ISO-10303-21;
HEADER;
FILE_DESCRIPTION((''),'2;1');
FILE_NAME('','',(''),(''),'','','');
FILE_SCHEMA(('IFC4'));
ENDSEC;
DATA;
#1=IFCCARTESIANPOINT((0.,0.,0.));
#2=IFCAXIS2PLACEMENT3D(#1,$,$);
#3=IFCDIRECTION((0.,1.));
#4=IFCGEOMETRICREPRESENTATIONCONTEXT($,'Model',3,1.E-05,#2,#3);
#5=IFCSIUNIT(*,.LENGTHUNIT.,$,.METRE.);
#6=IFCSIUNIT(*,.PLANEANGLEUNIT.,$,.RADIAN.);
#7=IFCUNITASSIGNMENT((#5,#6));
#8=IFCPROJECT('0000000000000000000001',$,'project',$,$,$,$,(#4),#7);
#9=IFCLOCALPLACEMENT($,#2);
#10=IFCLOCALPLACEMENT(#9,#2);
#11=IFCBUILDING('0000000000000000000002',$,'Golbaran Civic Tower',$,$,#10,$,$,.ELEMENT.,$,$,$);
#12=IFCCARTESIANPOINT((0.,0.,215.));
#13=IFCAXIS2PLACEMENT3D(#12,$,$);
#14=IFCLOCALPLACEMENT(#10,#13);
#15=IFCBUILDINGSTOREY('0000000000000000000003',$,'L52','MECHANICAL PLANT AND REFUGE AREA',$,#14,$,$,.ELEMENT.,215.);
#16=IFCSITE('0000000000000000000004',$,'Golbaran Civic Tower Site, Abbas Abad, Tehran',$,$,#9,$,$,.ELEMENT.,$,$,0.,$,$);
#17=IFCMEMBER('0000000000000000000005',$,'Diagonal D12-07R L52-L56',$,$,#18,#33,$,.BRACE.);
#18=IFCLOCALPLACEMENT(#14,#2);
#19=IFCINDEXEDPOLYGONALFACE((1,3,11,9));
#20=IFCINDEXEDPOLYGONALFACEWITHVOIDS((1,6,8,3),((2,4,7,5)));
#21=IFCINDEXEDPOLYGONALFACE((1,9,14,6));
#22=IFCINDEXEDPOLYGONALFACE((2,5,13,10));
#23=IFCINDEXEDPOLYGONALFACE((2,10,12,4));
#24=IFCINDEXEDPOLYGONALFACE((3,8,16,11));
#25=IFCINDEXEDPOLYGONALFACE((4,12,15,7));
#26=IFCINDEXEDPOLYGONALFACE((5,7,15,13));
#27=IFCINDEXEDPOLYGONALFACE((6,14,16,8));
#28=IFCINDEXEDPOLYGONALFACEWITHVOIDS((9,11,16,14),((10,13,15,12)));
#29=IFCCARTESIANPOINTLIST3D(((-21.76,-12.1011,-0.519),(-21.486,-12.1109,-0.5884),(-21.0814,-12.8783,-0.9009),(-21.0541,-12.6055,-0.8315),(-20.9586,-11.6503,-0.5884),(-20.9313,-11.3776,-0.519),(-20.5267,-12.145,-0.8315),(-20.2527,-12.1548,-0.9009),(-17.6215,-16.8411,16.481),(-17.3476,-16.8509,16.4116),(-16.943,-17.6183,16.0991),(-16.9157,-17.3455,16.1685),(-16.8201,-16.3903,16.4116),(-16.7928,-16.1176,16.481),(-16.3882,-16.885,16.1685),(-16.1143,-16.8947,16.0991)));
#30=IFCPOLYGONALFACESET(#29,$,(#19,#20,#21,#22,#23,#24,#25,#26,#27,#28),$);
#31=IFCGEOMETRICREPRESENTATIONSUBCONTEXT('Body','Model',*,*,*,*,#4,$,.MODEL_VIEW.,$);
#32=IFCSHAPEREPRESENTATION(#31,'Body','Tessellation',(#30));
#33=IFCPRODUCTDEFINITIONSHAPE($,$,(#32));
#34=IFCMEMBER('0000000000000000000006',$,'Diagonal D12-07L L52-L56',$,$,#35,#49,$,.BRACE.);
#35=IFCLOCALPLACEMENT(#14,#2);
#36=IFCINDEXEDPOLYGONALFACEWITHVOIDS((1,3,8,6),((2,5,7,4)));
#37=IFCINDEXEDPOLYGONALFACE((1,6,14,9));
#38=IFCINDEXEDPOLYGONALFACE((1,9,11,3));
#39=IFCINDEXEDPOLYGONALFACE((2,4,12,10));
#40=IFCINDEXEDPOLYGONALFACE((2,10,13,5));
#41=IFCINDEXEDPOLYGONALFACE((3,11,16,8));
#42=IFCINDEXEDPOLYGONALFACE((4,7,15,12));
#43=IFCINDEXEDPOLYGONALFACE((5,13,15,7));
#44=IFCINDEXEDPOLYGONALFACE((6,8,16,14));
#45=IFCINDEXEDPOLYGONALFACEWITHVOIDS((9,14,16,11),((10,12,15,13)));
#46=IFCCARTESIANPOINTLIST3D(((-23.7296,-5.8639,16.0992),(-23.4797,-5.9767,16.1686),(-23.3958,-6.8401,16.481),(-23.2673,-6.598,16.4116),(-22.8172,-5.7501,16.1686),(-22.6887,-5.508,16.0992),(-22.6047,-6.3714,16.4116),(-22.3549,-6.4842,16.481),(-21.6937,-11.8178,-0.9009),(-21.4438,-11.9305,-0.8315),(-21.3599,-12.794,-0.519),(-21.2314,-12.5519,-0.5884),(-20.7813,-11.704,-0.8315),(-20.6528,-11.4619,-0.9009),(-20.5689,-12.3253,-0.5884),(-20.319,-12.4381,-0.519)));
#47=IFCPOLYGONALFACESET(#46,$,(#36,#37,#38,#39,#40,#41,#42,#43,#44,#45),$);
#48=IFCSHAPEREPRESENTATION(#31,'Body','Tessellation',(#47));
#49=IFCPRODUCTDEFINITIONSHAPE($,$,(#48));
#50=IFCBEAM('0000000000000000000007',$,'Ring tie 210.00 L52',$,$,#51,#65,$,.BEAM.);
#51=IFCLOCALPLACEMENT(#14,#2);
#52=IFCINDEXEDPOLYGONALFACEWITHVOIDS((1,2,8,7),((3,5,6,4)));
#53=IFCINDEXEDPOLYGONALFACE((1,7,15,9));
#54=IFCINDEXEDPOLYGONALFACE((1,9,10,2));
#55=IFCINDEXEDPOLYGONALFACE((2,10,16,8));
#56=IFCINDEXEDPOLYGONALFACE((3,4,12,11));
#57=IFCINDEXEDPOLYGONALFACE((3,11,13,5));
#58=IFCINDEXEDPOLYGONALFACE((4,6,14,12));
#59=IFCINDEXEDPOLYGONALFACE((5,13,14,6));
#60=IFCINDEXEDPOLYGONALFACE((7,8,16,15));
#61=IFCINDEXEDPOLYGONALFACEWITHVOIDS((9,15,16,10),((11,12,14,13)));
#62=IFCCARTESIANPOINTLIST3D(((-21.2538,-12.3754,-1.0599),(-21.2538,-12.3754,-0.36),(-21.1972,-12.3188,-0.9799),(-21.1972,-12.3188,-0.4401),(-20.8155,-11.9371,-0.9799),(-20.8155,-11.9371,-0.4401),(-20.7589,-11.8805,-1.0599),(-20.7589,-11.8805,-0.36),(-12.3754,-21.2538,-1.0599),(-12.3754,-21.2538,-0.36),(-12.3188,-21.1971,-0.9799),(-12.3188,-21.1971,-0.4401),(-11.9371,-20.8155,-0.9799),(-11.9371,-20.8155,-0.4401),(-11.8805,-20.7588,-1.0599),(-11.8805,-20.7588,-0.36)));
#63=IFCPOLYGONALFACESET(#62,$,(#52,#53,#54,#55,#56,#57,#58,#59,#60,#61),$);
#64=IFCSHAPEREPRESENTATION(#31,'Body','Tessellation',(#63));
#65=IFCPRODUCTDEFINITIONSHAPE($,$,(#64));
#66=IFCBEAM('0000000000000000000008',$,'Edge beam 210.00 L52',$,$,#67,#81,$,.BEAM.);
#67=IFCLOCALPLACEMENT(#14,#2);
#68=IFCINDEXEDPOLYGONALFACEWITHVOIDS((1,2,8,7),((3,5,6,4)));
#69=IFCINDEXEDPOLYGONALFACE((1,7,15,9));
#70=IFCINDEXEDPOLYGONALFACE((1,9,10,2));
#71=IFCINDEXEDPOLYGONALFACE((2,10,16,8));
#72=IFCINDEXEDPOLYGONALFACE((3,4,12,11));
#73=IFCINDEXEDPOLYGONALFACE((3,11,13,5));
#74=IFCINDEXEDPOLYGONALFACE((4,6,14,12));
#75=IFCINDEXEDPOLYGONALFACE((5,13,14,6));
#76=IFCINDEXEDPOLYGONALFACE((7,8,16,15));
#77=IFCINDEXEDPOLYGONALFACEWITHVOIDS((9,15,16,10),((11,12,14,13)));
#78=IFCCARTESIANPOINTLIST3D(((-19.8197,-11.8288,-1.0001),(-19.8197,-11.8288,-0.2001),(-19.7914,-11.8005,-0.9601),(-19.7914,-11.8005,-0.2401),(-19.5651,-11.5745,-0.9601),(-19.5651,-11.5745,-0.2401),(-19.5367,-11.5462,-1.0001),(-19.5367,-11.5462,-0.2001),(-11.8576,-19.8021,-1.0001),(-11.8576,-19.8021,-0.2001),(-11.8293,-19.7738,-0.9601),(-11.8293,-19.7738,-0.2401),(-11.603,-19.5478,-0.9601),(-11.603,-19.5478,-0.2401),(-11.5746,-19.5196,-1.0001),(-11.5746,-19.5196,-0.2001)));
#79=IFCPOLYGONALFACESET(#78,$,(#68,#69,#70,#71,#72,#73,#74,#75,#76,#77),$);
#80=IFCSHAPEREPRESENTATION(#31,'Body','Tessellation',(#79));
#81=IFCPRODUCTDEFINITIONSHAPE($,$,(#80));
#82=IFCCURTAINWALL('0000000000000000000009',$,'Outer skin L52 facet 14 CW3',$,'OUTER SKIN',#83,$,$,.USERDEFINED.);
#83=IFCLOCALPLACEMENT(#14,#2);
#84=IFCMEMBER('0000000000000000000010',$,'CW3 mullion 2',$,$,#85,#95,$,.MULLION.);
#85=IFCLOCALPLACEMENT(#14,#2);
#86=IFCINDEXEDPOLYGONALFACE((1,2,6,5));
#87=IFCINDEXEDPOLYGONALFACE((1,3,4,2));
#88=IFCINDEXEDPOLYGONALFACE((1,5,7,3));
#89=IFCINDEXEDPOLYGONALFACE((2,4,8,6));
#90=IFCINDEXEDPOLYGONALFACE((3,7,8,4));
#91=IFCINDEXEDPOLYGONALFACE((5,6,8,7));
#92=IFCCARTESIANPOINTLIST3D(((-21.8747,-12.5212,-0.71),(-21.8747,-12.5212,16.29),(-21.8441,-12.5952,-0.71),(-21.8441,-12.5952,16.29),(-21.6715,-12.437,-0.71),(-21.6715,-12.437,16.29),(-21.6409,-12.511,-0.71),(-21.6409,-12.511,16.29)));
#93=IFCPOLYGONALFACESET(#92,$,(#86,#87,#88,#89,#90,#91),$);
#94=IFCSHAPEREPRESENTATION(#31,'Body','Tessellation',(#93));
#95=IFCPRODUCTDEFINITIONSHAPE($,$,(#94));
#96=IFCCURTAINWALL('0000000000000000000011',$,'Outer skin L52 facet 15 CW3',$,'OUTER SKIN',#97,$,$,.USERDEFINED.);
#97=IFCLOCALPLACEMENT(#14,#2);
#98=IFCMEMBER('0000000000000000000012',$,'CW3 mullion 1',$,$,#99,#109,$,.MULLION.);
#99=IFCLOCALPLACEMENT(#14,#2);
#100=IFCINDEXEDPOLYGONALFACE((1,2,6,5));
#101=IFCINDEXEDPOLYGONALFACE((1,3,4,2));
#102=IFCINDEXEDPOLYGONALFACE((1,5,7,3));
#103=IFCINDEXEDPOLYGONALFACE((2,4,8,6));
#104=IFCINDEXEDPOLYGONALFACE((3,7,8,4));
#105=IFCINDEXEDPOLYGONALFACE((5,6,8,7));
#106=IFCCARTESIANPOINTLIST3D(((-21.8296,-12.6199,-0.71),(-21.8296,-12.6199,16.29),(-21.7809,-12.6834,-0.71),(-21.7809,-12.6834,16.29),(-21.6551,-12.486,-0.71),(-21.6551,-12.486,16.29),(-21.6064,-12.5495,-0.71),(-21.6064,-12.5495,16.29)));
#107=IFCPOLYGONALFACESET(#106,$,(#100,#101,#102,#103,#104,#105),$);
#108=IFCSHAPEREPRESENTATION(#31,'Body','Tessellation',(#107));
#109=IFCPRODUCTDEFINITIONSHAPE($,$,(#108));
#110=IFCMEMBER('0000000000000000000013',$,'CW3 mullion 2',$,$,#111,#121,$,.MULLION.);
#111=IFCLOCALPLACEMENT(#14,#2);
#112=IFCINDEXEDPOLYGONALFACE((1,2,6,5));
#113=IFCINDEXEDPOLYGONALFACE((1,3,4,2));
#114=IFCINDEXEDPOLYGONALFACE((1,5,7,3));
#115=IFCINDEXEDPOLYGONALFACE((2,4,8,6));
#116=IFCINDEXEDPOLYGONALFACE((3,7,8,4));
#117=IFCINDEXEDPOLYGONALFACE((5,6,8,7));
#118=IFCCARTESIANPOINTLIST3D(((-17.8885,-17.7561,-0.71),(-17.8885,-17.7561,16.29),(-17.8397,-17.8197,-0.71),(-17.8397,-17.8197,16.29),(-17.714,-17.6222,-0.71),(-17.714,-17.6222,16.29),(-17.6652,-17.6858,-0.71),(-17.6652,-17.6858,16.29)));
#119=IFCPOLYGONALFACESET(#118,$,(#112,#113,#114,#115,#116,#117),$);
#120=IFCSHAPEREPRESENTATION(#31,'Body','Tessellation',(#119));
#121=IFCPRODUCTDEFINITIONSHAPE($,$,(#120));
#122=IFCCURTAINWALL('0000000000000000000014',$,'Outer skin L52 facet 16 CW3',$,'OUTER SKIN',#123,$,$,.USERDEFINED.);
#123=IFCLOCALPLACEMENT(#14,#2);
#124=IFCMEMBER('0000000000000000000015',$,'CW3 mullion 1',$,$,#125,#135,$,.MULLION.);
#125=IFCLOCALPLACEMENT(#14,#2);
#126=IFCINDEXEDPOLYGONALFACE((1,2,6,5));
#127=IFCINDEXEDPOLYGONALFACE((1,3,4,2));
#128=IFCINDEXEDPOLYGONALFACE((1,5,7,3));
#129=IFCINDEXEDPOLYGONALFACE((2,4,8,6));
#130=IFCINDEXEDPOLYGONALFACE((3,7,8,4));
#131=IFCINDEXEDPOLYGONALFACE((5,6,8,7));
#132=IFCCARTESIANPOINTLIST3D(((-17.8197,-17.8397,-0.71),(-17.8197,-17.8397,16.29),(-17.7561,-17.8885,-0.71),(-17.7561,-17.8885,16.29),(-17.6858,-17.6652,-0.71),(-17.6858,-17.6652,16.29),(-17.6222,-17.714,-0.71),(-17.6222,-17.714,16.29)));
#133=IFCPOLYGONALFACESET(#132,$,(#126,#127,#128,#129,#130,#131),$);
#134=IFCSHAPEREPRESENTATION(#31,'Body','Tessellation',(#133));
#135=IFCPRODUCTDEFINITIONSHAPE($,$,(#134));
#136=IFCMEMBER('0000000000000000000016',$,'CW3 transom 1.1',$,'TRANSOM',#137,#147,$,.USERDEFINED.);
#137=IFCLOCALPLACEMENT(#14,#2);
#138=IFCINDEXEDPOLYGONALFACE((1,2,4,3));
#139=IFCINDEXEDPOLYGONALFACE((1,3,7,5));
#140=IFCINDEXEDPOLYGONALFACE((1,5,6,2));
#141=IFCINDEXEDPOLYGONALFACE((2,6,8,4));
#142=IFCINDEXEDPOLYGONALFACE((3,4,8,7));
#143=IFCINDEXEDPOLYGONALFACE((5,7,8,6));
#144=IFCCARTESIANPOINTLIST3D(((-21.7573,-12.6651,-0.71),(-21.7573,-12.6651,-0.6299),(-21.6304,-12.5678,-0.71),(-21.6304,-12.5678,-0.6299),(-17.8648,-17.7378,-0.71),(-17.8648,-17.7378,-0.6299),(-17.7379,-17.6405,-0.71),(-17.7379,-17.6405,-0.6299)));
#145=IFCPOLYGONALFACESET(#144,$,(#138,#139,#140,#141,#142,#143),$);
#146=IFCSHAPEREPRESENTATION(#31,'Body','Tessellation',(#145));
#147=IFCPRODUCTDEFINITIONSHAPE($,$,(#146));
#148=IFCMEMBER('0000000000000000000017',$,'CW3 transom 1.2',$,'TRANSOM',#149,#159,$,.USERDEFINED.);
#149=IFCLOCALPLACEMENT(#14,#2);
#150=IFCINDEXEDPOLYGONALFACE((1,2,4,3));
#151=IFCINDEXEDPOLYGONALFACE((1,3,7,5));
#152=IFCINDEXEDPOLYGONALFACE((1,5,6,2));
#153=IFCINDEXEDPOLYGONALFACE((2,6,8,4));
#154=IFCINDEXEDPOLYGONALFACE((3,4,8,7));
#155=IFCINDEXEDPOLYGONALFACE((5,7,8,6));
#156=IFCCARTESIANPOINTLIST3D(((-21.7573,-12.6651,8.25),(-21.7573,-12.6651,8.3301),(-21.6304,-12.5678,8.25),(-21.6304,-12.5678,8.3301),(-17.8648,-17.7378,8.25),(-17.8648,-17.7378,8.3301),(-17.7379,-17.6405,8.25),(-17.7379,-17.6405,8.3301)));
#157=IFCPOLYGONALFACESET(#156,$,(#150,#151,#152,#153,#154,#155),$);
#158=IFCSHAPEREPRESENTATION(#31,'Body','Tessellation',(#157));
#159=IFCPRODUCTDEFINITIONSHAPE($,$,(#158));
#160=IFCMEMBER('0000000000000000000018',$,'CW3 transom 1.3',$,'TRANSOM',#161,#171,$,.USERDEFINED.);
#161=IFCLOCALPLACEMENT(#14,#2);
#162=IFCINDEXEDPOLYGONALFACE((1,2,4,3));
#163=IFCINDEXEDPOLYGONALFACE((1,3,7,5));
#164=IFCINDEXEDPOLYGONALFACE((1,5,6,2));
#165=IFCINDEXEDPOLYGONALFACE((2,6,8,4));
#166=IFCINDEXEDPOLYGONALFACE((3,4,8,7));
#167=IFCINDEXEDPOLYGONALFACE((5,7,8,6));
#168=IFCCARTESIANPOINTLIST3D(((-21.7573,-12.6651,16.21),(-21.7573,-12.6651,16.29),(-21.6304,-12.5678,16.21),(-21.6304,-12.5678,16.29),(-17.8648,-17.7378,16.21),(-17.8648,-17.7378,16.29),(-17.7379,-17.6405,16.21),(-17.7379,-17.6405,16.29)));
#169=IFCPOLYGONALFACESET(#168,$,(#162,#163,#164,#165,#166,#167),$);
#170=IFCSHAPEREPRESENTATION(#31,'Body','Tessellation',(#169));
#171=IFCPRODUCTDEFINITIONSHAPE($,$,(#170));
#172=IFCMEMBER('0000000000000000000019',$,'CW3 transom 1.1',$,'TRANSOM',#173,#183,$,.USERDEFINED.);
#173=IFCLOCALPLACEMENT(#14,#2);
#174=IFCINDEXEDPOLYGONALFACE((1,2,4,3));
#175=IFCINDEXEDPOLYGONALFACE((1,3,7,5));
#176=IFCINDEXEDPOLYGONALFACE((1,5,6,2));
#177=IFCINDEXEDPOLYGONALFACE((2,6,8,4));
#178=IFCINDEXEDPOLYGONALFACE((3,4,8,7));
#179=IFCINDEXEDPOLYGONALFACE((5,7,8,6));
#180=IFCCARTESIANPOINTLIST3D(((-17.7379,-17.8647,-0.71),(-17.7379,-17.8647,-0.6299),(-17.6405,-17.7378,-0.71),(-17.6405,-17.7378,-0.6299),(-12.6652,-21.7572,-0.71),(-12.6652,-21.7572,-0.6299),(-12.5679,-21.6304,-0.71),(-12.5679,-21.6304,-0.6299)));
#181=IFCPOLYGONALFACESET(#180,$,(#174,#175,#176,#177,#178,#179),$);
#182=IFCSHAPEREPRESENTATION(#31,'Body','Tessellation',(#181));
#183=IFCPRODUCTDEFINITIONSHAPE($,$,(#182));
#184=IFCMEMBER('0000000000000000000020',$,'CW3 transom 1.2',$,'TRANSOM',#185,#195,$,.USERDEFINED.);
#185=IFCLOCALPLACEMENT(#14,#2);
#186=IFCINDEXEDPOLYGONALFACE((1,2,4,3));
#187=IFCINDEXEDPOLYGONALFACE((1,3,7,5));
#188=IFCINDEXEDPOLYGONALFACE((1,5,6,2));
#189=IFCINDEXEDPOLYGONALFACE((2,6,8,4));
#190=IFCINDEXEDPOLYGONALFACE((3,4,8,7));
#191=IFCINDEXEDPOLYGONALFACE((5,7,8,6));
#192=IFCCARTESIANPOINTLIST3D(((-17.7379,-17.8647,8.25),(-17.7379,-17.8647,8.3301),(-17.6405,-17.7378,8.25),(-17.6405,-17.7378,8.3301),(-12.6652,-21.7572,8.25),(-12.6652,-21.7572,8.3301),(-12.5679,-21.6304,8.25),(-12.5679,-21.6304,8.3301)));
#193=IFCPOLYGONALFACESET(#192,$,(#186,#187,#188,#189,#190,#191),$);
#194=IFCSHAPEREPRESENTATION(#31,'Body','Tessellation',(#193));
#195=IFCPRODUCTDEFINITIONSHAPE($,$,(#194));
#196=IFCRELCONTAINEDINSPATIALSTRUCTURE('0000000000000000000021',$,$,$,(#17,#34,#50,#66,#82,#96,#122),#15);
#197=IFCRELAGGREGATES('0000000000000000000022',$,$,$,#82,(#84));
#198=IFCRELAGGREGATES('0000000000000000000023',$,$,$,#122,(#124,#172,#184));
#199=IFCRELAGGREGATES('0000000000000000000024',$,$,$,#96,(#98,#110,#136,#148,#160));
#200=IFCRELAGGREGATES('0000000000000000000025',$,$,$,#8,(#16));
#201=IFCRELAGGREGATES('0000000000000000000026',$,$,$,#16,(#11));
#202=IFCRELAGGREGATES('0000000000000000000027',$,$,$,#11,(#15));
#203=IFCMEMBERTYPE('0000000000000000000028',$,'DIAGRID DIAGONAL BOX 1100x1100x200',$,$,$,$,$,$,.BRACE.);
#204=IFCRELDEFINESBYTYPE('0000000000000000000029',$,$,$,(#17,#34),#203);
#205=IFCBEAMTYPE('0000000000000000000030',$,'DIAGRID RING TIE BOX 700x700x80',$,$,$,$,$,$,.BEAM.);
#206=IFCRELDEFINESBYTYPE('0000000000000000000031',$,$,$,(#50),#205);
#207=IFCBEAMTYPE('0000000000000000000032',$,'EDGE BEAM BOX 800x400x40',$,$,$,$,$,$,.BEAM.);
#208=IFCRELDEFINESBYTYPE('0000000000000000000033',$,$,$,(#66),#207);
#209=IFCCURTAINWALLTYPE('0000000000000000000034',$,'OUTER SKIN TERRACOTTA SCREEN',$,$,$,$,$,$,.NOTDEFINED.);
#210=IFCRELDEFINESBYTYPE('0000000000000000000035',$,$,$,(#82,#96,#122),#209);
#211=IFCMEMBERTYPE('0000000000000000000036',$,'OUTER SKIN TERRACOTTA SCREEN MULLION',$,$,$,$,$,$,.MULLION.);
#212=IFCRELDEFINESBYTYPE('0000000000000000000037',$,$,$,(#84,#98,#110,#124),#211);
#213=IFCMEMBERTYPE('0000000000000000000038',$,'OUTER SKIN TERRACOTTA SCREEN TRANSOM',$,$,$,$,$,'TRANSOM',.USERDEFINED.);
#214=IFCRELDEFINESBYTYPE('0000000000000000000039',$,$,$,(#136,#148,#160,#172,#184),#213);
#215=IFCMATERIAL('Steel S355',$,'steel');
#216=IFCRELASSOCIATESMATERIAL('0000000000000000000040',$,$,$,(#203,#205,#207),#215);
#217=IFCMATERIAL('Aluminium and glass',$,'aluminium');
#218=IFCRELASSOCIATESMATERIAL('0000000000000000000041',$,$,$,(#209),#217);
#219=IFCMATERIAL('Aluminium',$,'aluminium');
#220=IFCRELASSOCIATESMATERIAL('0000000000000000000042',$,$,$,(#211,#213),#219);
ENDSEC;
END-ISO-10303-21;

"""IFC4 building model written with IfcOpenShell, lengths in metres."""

from ifc_helpers import new_model, si_unit, direction, frame, origin, origin_2d, place, context, subcontext, project, spatial, rectangle, hollow_rectangle, extrude, material, material_profile, profile_set, type_object, element, aggregate, save


model = new_model("IFC4")

# Units and contexts
model_context = context("Model", 3, precision=1e-05, world=origin(), true_north=direction((0.0, 1.0)))
body_context = subcontext(model_context, "Body", "Model", "MODEL_VIEW")
ifc_project = project(units=[si_unit("LENGTHUNIT", "METRE"), si_unit("PLANEANGLEUNIT", "RADIAN")], contexts=[model_context])

# Site, building, storey
site_placement = place(None, origin())
site = spatial("IfcSite", under=ifc_project, at=site_placement, Name="Golbaran Civic Tower Site, Abbas Abad, Tehran", CompositionType="ELEMENT", RefElevation=0.0)
building_placement = place(site_placement, origin())
building = spatial("IfcBuilding", under=site, at=building_placement, Name="Golbaran Civic Tower", CompositionType="ELEMENT")
storey_placement = place(building_placement, frame((0.0, 0.0, 215.0)))
storey = spatial("IfcBuildingStorey", under=building, at=storey_placement, Name="L52", Description="MECHANICAL PLANT AND REFUGE AREA", CompositionType="ELEMENT", Elevation=215.0)

# Members
ifc_material_1 = material(Name="Steel S355", Category="steel")
ifc_material_profile_1 = material_profile(ifc_material_1, hollow_rectangle(XDim=1.1001, YDim=1.1001, WallThickness=0.2, at=origin_2d()), Name="BOX 1100x1100x200")
ifc_profile_set_1 = profile_set([ifc_material_profile_1], Name="Steel S355")
member_type_1 = type_object("IfcMemberType", Name="DIAGRID DIAGONAL BOX 1100x1100x200", PredefinedType="BRACE", material=ifc_profile_set_1)
for number, where, z_axis, x_axis, name in (
    (1, (-21.0063, -12.1279, -0.71), (0.2283, -0.261485, 0.937819), (0.75329, 0.657688, 0.0), "Diagonal D12-07R L52-L56"),
    (2, (-21.0063, -12.1279, -0.71), (-0.112312, 0.32845, 0.93782), (-0.946211, -0.323551, 0.0), "Diagonal D12-07L L52-L56"),
):
    element("IfcMember", number, at=place(storey_placement, frame(where, z_axis=z_axis, x_axis=x_axis)), inside=storey, type_object=member_type_1, Name=name, PredefinedType="BRACE", context=body_context, shape_type="SweptSolid", body=[
        extrude(hollow_rectangle(XDim=1.1001, YDim=1.1001, WallThickness=0.2, at=origin_2d()), origin(), (0.0, 0.0, 1.0), 18.1272),
    ])

# Beams
ifc_material_profile_2 = material_profile(ifc_material_1, hollow_rectangle(XDim=0.7, YDim=0.7, WallThickness=0.0801, at=origin_2d()), Name="BOX 700x700x80")
ifc_profile_set_2 = profile_set([ifc_material_profile_2], Name="Steel S355")
beam_type_1 = type_object("IfcBeamType", Name="DIAGRID RING TIE BOX 700x700x80", PredefinedType="BEAM", material=ifc_profile_set_2)
beam_1_placement = place(storey_placement, frame((-21.0063, -12.1279, -0.71), z_axis=(0.707107, -0.707107, 0.0), x_axis=(0.707107, 0.707107, 0.0)))
element("IfcBeam", 3, at=beam_1_placement, inside=storey, type_object=beam_type_1, Name="Ring tie 210.00 L52", PredefinedType="BEAM", context=body_context, shape_type="SweptSolid", body=[
    extrude(hollow_rectangle(XDim=0.7, YDim=0.7, WallThickness=0.0801, at=origin_2d()), origin(), (0.0, 0.0, 1.0), 12.5559),
])
ifc_material_profile_3 = material_profile(ifc_material_1, hollow_rectangle(XDim=0.3999, YDim=0.8, WallThickness=0.04, at=origin_2d()), Name="BOX 800x400x40")
ifc_profile_set_3 = profile_set([ifc_material_profile_3], Name="Steel S355")
beam_type_2 = type_object("IfcBeamType", Name="EDGE BEAM BOX 800x400x40", PredefinedType="BEAM", material=ifc_profile_set_3)
beam_2_placement = place(storey_placement, frame((-19.6782, -11.6875, -0.6001), z_axis=(0.706608, -0.707605, 0.0), x_axis=(0.707605, 0.706608, 0.0)))
element("IfcBeam", 4, at=beam_2_placement, inside=storey, type_object=beam_type_2, Name="Edge beam 210.00 L52", PredefinedType="BEAM", context=body_context, shape_type="SweptSolid", body=[
    extrude(hollow_rectangle(XDim=0.3999, YDim=0.8, WallThickness=0.04, at=origin_2d()), origin(), (0.0, 0.0, 1.0), 11.2681),
])

# Curtain wall, member
ifc_material_2 = material(Name="Aluminium and glass", Category="aluminium")
curtain_wall_type_1 = type_object("IfcCurtainWallType", Name="OUTER SKIN TERRACOTTA SCREEN", PredefinedType="NOTDEFINED", material=ifc_material_2)
curtain_wall_1_placement = place(storey_placement, origin())
curtain_wall_1 = element("IfcCurtainWall", 5, at=curtain_wall_1_placement, inside=storey, type_object=curtain_wall_type_1, Name="Outer skin L52 facet 14 CW3", ObjectType="OUTER SKIN", PredefinedType="USERDEFINED")
ifc_material_3 = material(Name="Aluminium", Category="aluminium")
ifc_material_profile_4 = material_profile(ifc_material_3, rectangle(XDim=0.22, YDim=0.0801, at=origin_2d()), Name="OUTER SKIN TERRACOTTA SCREEN MULLION")
ifc_profile_set_4 = profile_set([ifc_material_profile_4], Name="Aluminium")
member_type_2 = type_object("IfcMemberType", Name="OUTER SKIN TERRACOTTA SCREEN MULLION", PredefinedType="MULLION", material=ifc_profile_set_4)
member_1_placement = place(storey_placement, frame((-21.7578, -12.5161, -0.71), z_axis=(0.0, 0.0, 1.0), x_axis=(0.92388, 0.382683, 0.0)))
member_1 = element("IfcMember", 6, at=member_1_placement, type_object=member_type_2, Name="CW3 mullion 2", PredefinedType="MULLION", context=body_context, shape_type="SweptSolid", body=[
    extrude(rectangle(XDim=0.22, YDim=0.0801, at=origin_2d()), origin(), (0.0, 0.0, 1.0), 17.0),
])

# Curtain wall, members
curtain_wall_2_placement = place(storey_placement, origin())
curtain_wall_2 = element("IfcCurtainWall", 7, at=curtain_wall_2_placement, inside=storey, type_object=curtain_wall_type_1, Name="Outer skin L52 facet 15 CW3", ObjectType="OUTER SKIN", PredefinedType="USERDEFINED")
member_2_placement = place(storey_placement, frame((-21.718, -12.5847, -0.71), z_axis=(0.0, 0.0, 1.0), x_axis=(0.793353, 0.608761, 0.0)))
member_2 = element("IfcMember", 8, at=member_2_placement, type_object=member_type_2, Name="CW3 mullion 1", PredefinedType="MULLION", context=body_context, shape_type="SweptSolid", body=[
    extrude(rectangle(XDim=0.22, YDim=0.0801, at=origin_2d()), origin(), (0.0, 0.0, 1.0), 17.0),
])
member_3_placement = place(storey_placement, frame((-17.7769, -17.7209, -0.71), z_axis=(0.0, 0.0, 1.0), x_axis=(0.793353, 0.608761, 0.0)))
member_3 = element("IfcMember", 9, at=member_3_placement, type_object=member_type_2, Name="CW3 mullion 2", PredefinedType="MULLION", context=body_context, shape_type="SweptSolid", body=[
    extrude(rectangle(XDim=0.22, YDim=0.0801, at=origin_2d()), origin(), (0.0, 0.0, 1.0), 17.0),
])

# Curtain wall, member
curtain_wall_3_placement = place(storey_placement, origin())
curtain_wall_3 = element("IfcCurtainWall", 10, at=curtain_wall_3_placement, inside=storey, type_object=curtain_wall_type_1, Name="Outer skin L52 facet 16 CW3", ObjectType="OUTER SKIN", PredefinedType="USERDEFINED")
member_4_placement = place(storey_placement, frame((-17.7209, -17.7769, -0.71), z_axis=(0.0, 0.0, 1.0), x_axis=(0.608761, 0.793353, 0.0)))
member_4 = element("IfcMember", 11, at=member_4_placement, type_object=member_type_2, Name="CW3 mullion 1", PredefinedType="MULLION", context=body_context, shape_type="SweptSolid", body=[
    extrude(rectangle(XDim=0.22, YDim=0.0801, at=origin_2d()), origin(), (0.0, 0.0, 1.0), 17.0),
])

# Members
ifc_material_profile_5 = material_profile(ifc_material_3, rectangle(XDim=0.1599, YDim=0.0801, at=origin_2d()), Name="OUTER SKIN TERRACOTTA SCREEN TRANSOM")
ifc_profile_set_5 = profile_set([ifc_material_profile_5], Name="Aluminium")
member_type_3 = type_object("IfcMemberType", Name="OUTER SKIN TERRACOTTA SCREEN TRANSOM", ElementType="TRANSOM", PredefinedType="USERDEFINED", material=ifc_profile_set_5)
member_5_placement = place(storey_placement, frame((-21.6938, -12.6165, -0.6699), z_axis=(0.608773, -0.793344, 0.0), x_axis=(0.793344, 0.608773, 0.0)))
member_5 = element("IfcMember", 12, at=member_5_placement, type_object=member_type_3, Name="CW3 transom 1.1", ObjectType="TRANSOM", PredefinedType="USERDEFINED", context=body_context, shape_type="SweptSolid", body=[
    extrude(rectangle(XDim=0.1599, YDim=0.0801, at=origin_2d()), origin(), (0.0, 0.0, 1.0), 6.394),
])
member_6_placement = place(storey_placement, frame((-21.6938, -12.6165, 8.29), z_axis=(0.608773, -0.793344, 0.0), x_axis=(0.793344, 0.608773, 0.0)))
member_6 = element("IfcMember", 13, at=member_6_placement, type_object=member_type_3, Name="CW3 transom 1.2", ObjectType="TRANSOM", PredefinedType="USERDEFINED", context=body_context, shape_type="SweptSolid", body=[
    extrude(rectangle(XDim=0.1599, YDim=0.0801, at=origin_2d()), origin(), (0.0, 0.0, 1.0), 6.394),
])
member_7_placement = place(storey_placement, frame((-21.6938, -12.6165, 16.25), z_axis=(0.608773, -0.793344, 0.0), x_axis=(0.793344, 0.608773, 0.0)))
member_7 = element("IfcMember", 14, at=member_7_placement, type_object=member_type_3, Name="CW3 transom 1.3", ObjectType="TRANSOM", PredefinedType="USERDEFINED", context=body_context, shape_type="SweptSolid", body=[
    extrude(rectangle(XDim=0.1599, YDim=0.0801, at=origin_2d()), origin(), (0.0, 0.0, 1.0), 6.394),
])
member_8_placement = place(storey_placement, frame((-17.6892, -17.8013, -0.6699), z_axis=(0.793344, -0.608773, 0.0), x_axis=(0.608773, 0.793344, 0.0)))
member_8 = element("IfcMember", 15, at=member_8_placement, type_object=member_type_3, Name="CW3 transom 1.1", ObjectType="TRANSOM", PredefinedType="USERDEFINED", context=body_context, shape_type="SweptSolid", body=[
    extrude(rectangle(XDim=0.1599, YDim=0.0801, at=origin_2d()), origin(), (0.0, 0.0, 1.0), 6.394),
])
member_9_placement = place(storey_placement, frame((-17.6892, -17.8013, 8.29), z_axis=(0.793344, -0.608773, 0.0), x_axis=(0.608773, 0.793344, 0.0)))
member_9 = element("IfcMember", 16, at=member_9_placement, type_object=member_type_3, Name="CW3 transom 1.2", ObjectType="TRANSOM", PredefinedType="USERDEFINED", context=body_context, shape_type="SweptSolid", body=[
    extrude(rectangle(XDim=0.1599, YDim=0.0801, at=origin_2d()), origin(), (0.0, 0.0, 1.0), 6.394),
])

aggregate(curtain_wall_1, [member_1])
aggregate(curtain_wall_3, [member_4, member_8, member_9])
aggregate(curtain_wall_2, [member_2, member_3, member_5, member_6, member_7])

save(model, "model.ifc")
